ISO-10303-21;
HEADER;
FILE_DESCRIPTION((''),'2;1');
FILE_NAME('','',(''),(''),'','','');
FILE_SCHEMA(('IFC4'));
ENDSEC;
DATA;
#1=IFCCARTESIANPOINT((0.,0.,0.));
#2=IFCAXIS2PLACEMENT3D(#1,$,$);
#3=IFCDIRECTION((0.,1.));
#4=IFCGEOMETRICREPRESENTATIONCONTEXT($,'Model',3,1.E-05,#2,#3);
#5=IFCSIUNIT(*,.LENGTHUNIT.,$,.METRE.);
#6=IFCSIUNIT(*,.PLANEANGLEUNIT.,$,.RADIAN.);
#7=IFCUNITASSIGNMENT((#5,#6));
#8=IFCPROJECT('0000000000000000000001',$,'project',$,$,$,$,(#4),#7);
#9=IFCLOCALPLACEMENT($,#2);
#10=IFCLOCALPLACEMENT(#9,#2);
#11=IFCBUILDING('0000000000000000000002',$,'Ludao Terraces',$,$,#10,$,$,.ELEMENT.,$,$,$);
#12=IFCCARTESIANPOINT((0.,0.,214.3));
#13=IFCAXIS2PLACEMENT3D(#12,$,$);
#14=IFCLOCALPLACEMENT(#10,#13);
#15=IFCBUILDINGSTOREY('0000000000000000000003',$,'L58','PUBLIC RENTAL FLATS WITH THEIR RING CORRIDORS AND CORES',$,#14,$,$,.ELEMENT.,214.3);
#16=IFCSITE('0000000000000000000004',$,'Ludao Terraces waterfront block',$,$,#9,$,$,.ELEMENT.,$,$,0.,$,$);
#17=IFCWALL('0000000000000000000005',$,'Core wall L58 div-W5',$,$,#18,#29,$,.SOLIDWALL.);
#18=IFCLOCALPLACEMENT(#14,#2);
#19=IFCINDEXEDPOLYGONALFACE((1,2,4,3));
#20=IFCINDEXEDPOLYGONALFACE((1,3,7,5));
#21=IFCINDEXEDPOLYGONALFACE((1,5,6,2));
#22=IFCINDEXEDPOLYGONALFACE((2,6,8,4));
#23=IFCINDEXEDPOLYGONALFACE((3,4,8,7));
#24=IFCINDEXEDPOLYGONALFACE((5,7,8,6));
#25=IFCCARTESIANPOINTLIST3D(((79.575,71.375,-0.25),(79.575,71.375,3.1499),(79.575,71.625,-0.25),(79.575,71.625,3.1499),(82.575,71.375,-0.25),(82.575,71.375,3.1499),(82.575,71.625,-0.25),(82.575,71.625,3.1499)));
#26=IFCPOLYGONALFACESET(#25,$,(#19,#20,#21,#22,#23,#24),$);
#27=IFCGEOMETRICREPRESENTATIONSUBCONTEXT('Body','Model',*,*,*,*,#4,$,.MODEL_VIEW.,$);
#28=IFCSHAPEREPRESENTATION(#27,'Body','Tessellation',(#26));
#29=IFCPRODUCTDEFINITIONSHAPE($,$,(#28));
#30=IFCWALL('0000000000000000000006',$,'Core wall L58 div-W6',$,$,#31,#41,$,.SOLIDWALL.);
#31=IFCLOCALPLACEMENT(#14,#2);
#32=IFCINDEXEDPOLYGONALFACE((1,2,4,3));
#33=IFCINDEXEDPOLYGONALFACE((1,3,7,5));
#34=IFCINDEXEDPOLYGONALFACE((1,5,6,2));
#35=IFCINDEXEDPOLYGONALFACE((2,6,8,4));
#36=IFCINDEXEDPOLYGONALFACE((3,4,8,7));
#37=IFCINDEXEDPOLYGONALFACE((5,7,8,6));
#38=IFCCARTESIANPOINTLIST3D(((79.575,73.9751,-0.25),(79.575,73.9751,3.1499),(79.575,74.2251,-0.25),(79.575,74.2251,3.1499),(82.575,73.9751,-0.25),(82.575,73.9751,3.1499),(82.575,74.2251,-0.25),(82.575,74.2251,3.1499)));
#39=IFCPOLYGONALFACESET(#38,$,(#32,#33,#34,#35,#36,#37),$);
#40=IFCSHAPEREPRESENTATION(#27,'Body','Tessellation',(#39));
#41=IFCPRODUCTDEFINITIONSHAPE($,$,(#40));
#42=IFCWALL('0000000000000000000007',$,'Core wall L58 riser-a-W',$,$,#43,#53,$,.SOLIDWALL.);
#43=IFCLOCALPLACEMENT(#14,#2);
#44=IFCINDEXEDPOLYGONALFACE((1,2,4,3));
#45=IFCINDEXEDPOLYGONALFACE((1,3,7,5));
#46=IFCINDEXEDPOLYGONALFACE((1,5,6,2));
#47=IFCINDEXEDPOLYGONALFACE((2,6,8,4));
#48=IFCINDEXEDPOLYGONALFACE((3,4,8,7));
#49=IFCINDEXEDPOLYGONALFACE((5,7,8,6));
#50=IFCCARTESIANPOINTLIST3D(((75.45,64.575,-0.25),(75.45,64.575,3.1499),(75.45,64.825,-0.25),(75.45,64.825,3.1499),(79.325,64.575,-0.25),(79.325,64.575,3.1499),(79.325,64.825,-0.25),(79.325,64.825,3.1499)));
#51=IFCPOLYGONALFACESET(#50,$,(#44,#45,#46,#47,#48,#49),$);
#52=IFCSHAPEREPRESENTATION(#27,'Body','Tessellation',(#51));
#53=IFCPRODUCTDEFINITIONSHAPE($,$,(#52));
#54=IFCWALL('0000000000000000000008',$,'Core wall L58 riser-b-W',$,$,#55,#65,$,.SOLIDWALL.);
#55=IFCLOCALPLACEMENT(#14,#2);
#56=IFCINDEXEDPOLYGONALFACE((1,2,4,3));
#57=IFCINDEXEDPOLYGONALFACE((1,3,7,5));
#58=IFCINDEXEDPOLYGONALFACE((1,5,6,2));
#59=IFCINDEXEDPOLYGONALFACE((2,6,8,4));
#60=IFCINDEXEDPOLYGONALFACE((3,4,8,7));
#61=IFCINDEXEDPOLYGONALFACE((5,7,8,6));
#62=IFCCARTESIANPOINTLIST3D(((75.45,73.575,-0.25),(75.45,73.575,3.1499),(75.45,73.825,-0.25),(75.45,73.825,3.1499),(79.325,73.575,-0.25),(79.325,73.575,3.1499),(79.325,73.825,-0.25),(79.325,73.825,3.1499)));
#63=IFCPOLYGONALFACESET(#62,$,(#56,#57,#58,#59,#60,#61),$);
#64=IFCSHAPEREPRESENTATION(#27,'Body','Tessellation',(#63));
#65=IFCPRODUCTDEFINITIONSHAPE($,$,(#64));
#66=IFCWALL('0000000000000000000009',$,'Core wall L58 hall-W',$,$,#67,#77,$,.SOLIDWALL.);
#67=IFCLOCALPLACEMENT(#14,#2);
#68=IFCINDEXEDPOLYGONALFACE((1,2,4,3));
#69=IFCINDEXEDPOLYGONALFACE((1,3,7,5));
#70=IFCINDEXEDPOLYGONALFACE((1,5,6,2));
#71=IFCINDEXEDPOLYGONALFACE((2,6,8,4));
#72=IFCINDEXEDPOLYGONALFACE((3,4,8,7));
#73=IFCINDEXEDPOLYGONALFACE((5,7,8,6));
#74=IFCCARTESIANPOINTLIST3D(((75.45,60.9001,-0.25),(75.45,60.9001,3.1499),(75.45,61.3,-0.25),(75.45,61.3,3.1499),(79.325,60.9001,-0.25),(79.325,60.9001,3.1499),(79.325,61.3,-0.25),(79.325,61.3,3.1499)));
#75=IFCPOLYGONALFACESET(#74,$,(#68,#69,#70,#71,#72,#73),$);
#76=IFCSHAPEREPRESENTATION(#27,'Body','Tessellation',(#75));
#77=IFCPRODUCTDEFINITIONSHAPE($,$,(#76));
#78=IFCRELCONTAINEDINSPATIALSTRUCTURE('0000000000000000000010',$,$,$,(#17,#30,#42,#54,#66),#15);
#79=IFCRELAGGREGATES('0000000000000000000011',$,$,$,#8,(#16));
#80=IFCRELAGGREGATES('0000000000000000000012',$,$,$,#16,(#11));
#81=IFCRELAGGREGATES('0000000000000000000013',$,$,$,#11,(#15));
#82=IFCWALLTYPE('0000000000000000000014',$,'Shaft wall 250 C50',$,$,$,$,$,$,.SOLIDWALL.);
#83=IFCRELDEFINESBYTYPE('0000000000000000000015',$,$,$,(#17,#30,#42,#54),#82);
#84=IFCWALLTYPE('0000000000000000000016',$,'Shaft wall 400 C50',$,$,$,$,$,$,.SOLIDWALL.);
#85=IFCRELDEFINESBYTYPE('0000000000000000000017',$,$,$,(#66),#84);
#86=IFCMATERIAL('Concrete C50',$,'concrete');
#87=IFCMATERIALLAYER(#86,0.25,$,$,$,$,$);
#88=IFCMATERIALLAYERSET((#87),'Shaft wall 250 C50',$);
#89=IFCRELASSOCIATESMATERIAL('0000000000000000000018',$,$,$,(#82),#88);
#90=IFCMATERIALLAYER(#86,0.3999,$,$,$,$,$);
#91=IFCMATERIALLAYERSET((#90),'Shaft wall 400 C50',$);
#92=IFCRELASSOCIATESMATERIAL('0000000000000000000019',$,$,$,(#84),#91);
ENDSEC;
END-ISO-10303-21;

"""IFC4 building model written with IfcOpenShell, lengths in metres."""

from ifc_helpers import new_model, si_unit, direction, frame, frame_2d, origin, place, context, subcontext, project, spatial, rectangle, extrude, material, layer, layer_set, type_object, element, save


model = new_model("IFC4")

# Units and contexts
model_context = context("Model", 3, precision=1e-05, world=origin(), true_north=direction((0.0, 1.0)))
body_context = subcontext(model_context, "Body", "Model", "MODEL_VIEW")
ifc_project = project(units=[si_unit("LENGTHUNIT", "METRE"), si_unit("PLANEANGLEUNIT", "RADIAN")], contexts=[model_context])

# Site, building, storey
site_placement = place(None, origin())
site = spatial("IfcSite", under=ifc_project, at=site_placement, Name="Ludao Terraces waterfront block", CompositionType="ELEMENT", RefElevation=0.0)
building_placement = place(site_placement, origin())
building = spatial("IfcBuilding", under=site, at=building_placement, Name="Ludao Terraces", CompositionType="ELEMENT")
storey_placement = place(building_placement, frame((0.0, 0.0, 214.3)))
storey = spatial("IfcBuildingStorey", under=building, at=storey_placement, Name="L58", Description="PUBLIC RENTAL FLATS WITH THEIR RING CORRIDORS AND CORES", CompositionType="ELEMENT", Elevation=214.3)

# Shared definitions
ifc_material_1 = material(Name="Concrete C50", Category="concrete")
ifc_layer_1 = layer(ifc_material_1, 0.25)
ifc_layer_set_1 = layer_set([ifc_layer_1], Name="Shaft wall 250 C50")
wall_type_1 = type_object("IfcWallType", Name="Shaft wall 250 C50", PredefinedType="SOLIDWALL", material=ifc_layer_set_1)

# Walls
for number, where, z_axis, x_axis, name in (
    (1, (79.575, 71.5, -0.25), (0.0, 0.0, 1.0), (1.0, 0.0, 0.0), "Core wall L58 div-W5"),
    (2, (79.575, 74.1001, -0.25), (0.0, 0.0, 1.0), (1.0, 0.0, 0.0), "Core wall L58 div-W6"),
):
    element("IfcWall", number, at=place(storey_placement, frame(where, z_axis=z_axis, x_axis=x_axis)), inside=storey, type_object=wall_type_1, Name=name, PredefinedType="SOLIDWALL", context=body_context, shape_type="SweptSolid", body=[
        extrude(rectangle(XDim=3.0, YDim=0.25, at=frame_2d((1.5, 0.0))), origin(), (0.0, 0.0, 1.0), 3.3999),
    ])
for number, where, z_axis, x_axis, name in (
    (3, (75.45, 64.7, -0.25), (0.0, 0.0, 1.0), (1.0, 0.0, 0.0), "Core wall L58 riser-a-W"),
    (4, (75.45, 73.7, -0.25), (0.0, 0.0, 1.0), (1.0, 0.0, 0.0), "Core wall L58 riser-b-W"),
):
    element("IfcWall", number, at=place(storey_placement, frame(where, z_axis=z_axis, x_axis=x_axis)), inside=storey, type_object=wall_type_1, Name=name, PredefinedType="SOLIDWALL", context=body_context, shape_type="SweptSolid", body=[
        extrude(rectangle(XDim=3.875, YDim=0.25, at=frame_2d((1.9375, 0.0))), origin(), (0.0, 0.0, 1.0), 3.3999),
    ])
ifc_layer_2 = layer(ifc_material_1, 0.3999)
ifc_layer_set_2 = layer_set([ifc_layer_2], Name="Shaft wall 400 C50")
wall_type_2 = type_object("IfcWallType", Name="Shaft wall 400 C50", PredefinedType="SOLIDWALL", material=ifc_layer_set_2)
wall_1_placement = place(storey_placement, frame((75.45, 61.1001, -0.25), z_axis=(0.0, 0.0, 1.0), x_axis=(1.0, 0.0, 0.0)))
element("IfcWall", 5, at=wall_1_placement, inside=storey, type_object=wall_type_2, Name="Core wall L58 hall-W", PredefinedType="SOLIDWALL", context=body_context, shape_type="SweptSolid", body=[
    extrude(rectangle(XDim=3.875, YDim=0.3999, at=frame_2d((1.9375, 0.0))), origin(), (0.0, 0.0, 1.0), 3.3999),
])

save(model, "model.ifc")
